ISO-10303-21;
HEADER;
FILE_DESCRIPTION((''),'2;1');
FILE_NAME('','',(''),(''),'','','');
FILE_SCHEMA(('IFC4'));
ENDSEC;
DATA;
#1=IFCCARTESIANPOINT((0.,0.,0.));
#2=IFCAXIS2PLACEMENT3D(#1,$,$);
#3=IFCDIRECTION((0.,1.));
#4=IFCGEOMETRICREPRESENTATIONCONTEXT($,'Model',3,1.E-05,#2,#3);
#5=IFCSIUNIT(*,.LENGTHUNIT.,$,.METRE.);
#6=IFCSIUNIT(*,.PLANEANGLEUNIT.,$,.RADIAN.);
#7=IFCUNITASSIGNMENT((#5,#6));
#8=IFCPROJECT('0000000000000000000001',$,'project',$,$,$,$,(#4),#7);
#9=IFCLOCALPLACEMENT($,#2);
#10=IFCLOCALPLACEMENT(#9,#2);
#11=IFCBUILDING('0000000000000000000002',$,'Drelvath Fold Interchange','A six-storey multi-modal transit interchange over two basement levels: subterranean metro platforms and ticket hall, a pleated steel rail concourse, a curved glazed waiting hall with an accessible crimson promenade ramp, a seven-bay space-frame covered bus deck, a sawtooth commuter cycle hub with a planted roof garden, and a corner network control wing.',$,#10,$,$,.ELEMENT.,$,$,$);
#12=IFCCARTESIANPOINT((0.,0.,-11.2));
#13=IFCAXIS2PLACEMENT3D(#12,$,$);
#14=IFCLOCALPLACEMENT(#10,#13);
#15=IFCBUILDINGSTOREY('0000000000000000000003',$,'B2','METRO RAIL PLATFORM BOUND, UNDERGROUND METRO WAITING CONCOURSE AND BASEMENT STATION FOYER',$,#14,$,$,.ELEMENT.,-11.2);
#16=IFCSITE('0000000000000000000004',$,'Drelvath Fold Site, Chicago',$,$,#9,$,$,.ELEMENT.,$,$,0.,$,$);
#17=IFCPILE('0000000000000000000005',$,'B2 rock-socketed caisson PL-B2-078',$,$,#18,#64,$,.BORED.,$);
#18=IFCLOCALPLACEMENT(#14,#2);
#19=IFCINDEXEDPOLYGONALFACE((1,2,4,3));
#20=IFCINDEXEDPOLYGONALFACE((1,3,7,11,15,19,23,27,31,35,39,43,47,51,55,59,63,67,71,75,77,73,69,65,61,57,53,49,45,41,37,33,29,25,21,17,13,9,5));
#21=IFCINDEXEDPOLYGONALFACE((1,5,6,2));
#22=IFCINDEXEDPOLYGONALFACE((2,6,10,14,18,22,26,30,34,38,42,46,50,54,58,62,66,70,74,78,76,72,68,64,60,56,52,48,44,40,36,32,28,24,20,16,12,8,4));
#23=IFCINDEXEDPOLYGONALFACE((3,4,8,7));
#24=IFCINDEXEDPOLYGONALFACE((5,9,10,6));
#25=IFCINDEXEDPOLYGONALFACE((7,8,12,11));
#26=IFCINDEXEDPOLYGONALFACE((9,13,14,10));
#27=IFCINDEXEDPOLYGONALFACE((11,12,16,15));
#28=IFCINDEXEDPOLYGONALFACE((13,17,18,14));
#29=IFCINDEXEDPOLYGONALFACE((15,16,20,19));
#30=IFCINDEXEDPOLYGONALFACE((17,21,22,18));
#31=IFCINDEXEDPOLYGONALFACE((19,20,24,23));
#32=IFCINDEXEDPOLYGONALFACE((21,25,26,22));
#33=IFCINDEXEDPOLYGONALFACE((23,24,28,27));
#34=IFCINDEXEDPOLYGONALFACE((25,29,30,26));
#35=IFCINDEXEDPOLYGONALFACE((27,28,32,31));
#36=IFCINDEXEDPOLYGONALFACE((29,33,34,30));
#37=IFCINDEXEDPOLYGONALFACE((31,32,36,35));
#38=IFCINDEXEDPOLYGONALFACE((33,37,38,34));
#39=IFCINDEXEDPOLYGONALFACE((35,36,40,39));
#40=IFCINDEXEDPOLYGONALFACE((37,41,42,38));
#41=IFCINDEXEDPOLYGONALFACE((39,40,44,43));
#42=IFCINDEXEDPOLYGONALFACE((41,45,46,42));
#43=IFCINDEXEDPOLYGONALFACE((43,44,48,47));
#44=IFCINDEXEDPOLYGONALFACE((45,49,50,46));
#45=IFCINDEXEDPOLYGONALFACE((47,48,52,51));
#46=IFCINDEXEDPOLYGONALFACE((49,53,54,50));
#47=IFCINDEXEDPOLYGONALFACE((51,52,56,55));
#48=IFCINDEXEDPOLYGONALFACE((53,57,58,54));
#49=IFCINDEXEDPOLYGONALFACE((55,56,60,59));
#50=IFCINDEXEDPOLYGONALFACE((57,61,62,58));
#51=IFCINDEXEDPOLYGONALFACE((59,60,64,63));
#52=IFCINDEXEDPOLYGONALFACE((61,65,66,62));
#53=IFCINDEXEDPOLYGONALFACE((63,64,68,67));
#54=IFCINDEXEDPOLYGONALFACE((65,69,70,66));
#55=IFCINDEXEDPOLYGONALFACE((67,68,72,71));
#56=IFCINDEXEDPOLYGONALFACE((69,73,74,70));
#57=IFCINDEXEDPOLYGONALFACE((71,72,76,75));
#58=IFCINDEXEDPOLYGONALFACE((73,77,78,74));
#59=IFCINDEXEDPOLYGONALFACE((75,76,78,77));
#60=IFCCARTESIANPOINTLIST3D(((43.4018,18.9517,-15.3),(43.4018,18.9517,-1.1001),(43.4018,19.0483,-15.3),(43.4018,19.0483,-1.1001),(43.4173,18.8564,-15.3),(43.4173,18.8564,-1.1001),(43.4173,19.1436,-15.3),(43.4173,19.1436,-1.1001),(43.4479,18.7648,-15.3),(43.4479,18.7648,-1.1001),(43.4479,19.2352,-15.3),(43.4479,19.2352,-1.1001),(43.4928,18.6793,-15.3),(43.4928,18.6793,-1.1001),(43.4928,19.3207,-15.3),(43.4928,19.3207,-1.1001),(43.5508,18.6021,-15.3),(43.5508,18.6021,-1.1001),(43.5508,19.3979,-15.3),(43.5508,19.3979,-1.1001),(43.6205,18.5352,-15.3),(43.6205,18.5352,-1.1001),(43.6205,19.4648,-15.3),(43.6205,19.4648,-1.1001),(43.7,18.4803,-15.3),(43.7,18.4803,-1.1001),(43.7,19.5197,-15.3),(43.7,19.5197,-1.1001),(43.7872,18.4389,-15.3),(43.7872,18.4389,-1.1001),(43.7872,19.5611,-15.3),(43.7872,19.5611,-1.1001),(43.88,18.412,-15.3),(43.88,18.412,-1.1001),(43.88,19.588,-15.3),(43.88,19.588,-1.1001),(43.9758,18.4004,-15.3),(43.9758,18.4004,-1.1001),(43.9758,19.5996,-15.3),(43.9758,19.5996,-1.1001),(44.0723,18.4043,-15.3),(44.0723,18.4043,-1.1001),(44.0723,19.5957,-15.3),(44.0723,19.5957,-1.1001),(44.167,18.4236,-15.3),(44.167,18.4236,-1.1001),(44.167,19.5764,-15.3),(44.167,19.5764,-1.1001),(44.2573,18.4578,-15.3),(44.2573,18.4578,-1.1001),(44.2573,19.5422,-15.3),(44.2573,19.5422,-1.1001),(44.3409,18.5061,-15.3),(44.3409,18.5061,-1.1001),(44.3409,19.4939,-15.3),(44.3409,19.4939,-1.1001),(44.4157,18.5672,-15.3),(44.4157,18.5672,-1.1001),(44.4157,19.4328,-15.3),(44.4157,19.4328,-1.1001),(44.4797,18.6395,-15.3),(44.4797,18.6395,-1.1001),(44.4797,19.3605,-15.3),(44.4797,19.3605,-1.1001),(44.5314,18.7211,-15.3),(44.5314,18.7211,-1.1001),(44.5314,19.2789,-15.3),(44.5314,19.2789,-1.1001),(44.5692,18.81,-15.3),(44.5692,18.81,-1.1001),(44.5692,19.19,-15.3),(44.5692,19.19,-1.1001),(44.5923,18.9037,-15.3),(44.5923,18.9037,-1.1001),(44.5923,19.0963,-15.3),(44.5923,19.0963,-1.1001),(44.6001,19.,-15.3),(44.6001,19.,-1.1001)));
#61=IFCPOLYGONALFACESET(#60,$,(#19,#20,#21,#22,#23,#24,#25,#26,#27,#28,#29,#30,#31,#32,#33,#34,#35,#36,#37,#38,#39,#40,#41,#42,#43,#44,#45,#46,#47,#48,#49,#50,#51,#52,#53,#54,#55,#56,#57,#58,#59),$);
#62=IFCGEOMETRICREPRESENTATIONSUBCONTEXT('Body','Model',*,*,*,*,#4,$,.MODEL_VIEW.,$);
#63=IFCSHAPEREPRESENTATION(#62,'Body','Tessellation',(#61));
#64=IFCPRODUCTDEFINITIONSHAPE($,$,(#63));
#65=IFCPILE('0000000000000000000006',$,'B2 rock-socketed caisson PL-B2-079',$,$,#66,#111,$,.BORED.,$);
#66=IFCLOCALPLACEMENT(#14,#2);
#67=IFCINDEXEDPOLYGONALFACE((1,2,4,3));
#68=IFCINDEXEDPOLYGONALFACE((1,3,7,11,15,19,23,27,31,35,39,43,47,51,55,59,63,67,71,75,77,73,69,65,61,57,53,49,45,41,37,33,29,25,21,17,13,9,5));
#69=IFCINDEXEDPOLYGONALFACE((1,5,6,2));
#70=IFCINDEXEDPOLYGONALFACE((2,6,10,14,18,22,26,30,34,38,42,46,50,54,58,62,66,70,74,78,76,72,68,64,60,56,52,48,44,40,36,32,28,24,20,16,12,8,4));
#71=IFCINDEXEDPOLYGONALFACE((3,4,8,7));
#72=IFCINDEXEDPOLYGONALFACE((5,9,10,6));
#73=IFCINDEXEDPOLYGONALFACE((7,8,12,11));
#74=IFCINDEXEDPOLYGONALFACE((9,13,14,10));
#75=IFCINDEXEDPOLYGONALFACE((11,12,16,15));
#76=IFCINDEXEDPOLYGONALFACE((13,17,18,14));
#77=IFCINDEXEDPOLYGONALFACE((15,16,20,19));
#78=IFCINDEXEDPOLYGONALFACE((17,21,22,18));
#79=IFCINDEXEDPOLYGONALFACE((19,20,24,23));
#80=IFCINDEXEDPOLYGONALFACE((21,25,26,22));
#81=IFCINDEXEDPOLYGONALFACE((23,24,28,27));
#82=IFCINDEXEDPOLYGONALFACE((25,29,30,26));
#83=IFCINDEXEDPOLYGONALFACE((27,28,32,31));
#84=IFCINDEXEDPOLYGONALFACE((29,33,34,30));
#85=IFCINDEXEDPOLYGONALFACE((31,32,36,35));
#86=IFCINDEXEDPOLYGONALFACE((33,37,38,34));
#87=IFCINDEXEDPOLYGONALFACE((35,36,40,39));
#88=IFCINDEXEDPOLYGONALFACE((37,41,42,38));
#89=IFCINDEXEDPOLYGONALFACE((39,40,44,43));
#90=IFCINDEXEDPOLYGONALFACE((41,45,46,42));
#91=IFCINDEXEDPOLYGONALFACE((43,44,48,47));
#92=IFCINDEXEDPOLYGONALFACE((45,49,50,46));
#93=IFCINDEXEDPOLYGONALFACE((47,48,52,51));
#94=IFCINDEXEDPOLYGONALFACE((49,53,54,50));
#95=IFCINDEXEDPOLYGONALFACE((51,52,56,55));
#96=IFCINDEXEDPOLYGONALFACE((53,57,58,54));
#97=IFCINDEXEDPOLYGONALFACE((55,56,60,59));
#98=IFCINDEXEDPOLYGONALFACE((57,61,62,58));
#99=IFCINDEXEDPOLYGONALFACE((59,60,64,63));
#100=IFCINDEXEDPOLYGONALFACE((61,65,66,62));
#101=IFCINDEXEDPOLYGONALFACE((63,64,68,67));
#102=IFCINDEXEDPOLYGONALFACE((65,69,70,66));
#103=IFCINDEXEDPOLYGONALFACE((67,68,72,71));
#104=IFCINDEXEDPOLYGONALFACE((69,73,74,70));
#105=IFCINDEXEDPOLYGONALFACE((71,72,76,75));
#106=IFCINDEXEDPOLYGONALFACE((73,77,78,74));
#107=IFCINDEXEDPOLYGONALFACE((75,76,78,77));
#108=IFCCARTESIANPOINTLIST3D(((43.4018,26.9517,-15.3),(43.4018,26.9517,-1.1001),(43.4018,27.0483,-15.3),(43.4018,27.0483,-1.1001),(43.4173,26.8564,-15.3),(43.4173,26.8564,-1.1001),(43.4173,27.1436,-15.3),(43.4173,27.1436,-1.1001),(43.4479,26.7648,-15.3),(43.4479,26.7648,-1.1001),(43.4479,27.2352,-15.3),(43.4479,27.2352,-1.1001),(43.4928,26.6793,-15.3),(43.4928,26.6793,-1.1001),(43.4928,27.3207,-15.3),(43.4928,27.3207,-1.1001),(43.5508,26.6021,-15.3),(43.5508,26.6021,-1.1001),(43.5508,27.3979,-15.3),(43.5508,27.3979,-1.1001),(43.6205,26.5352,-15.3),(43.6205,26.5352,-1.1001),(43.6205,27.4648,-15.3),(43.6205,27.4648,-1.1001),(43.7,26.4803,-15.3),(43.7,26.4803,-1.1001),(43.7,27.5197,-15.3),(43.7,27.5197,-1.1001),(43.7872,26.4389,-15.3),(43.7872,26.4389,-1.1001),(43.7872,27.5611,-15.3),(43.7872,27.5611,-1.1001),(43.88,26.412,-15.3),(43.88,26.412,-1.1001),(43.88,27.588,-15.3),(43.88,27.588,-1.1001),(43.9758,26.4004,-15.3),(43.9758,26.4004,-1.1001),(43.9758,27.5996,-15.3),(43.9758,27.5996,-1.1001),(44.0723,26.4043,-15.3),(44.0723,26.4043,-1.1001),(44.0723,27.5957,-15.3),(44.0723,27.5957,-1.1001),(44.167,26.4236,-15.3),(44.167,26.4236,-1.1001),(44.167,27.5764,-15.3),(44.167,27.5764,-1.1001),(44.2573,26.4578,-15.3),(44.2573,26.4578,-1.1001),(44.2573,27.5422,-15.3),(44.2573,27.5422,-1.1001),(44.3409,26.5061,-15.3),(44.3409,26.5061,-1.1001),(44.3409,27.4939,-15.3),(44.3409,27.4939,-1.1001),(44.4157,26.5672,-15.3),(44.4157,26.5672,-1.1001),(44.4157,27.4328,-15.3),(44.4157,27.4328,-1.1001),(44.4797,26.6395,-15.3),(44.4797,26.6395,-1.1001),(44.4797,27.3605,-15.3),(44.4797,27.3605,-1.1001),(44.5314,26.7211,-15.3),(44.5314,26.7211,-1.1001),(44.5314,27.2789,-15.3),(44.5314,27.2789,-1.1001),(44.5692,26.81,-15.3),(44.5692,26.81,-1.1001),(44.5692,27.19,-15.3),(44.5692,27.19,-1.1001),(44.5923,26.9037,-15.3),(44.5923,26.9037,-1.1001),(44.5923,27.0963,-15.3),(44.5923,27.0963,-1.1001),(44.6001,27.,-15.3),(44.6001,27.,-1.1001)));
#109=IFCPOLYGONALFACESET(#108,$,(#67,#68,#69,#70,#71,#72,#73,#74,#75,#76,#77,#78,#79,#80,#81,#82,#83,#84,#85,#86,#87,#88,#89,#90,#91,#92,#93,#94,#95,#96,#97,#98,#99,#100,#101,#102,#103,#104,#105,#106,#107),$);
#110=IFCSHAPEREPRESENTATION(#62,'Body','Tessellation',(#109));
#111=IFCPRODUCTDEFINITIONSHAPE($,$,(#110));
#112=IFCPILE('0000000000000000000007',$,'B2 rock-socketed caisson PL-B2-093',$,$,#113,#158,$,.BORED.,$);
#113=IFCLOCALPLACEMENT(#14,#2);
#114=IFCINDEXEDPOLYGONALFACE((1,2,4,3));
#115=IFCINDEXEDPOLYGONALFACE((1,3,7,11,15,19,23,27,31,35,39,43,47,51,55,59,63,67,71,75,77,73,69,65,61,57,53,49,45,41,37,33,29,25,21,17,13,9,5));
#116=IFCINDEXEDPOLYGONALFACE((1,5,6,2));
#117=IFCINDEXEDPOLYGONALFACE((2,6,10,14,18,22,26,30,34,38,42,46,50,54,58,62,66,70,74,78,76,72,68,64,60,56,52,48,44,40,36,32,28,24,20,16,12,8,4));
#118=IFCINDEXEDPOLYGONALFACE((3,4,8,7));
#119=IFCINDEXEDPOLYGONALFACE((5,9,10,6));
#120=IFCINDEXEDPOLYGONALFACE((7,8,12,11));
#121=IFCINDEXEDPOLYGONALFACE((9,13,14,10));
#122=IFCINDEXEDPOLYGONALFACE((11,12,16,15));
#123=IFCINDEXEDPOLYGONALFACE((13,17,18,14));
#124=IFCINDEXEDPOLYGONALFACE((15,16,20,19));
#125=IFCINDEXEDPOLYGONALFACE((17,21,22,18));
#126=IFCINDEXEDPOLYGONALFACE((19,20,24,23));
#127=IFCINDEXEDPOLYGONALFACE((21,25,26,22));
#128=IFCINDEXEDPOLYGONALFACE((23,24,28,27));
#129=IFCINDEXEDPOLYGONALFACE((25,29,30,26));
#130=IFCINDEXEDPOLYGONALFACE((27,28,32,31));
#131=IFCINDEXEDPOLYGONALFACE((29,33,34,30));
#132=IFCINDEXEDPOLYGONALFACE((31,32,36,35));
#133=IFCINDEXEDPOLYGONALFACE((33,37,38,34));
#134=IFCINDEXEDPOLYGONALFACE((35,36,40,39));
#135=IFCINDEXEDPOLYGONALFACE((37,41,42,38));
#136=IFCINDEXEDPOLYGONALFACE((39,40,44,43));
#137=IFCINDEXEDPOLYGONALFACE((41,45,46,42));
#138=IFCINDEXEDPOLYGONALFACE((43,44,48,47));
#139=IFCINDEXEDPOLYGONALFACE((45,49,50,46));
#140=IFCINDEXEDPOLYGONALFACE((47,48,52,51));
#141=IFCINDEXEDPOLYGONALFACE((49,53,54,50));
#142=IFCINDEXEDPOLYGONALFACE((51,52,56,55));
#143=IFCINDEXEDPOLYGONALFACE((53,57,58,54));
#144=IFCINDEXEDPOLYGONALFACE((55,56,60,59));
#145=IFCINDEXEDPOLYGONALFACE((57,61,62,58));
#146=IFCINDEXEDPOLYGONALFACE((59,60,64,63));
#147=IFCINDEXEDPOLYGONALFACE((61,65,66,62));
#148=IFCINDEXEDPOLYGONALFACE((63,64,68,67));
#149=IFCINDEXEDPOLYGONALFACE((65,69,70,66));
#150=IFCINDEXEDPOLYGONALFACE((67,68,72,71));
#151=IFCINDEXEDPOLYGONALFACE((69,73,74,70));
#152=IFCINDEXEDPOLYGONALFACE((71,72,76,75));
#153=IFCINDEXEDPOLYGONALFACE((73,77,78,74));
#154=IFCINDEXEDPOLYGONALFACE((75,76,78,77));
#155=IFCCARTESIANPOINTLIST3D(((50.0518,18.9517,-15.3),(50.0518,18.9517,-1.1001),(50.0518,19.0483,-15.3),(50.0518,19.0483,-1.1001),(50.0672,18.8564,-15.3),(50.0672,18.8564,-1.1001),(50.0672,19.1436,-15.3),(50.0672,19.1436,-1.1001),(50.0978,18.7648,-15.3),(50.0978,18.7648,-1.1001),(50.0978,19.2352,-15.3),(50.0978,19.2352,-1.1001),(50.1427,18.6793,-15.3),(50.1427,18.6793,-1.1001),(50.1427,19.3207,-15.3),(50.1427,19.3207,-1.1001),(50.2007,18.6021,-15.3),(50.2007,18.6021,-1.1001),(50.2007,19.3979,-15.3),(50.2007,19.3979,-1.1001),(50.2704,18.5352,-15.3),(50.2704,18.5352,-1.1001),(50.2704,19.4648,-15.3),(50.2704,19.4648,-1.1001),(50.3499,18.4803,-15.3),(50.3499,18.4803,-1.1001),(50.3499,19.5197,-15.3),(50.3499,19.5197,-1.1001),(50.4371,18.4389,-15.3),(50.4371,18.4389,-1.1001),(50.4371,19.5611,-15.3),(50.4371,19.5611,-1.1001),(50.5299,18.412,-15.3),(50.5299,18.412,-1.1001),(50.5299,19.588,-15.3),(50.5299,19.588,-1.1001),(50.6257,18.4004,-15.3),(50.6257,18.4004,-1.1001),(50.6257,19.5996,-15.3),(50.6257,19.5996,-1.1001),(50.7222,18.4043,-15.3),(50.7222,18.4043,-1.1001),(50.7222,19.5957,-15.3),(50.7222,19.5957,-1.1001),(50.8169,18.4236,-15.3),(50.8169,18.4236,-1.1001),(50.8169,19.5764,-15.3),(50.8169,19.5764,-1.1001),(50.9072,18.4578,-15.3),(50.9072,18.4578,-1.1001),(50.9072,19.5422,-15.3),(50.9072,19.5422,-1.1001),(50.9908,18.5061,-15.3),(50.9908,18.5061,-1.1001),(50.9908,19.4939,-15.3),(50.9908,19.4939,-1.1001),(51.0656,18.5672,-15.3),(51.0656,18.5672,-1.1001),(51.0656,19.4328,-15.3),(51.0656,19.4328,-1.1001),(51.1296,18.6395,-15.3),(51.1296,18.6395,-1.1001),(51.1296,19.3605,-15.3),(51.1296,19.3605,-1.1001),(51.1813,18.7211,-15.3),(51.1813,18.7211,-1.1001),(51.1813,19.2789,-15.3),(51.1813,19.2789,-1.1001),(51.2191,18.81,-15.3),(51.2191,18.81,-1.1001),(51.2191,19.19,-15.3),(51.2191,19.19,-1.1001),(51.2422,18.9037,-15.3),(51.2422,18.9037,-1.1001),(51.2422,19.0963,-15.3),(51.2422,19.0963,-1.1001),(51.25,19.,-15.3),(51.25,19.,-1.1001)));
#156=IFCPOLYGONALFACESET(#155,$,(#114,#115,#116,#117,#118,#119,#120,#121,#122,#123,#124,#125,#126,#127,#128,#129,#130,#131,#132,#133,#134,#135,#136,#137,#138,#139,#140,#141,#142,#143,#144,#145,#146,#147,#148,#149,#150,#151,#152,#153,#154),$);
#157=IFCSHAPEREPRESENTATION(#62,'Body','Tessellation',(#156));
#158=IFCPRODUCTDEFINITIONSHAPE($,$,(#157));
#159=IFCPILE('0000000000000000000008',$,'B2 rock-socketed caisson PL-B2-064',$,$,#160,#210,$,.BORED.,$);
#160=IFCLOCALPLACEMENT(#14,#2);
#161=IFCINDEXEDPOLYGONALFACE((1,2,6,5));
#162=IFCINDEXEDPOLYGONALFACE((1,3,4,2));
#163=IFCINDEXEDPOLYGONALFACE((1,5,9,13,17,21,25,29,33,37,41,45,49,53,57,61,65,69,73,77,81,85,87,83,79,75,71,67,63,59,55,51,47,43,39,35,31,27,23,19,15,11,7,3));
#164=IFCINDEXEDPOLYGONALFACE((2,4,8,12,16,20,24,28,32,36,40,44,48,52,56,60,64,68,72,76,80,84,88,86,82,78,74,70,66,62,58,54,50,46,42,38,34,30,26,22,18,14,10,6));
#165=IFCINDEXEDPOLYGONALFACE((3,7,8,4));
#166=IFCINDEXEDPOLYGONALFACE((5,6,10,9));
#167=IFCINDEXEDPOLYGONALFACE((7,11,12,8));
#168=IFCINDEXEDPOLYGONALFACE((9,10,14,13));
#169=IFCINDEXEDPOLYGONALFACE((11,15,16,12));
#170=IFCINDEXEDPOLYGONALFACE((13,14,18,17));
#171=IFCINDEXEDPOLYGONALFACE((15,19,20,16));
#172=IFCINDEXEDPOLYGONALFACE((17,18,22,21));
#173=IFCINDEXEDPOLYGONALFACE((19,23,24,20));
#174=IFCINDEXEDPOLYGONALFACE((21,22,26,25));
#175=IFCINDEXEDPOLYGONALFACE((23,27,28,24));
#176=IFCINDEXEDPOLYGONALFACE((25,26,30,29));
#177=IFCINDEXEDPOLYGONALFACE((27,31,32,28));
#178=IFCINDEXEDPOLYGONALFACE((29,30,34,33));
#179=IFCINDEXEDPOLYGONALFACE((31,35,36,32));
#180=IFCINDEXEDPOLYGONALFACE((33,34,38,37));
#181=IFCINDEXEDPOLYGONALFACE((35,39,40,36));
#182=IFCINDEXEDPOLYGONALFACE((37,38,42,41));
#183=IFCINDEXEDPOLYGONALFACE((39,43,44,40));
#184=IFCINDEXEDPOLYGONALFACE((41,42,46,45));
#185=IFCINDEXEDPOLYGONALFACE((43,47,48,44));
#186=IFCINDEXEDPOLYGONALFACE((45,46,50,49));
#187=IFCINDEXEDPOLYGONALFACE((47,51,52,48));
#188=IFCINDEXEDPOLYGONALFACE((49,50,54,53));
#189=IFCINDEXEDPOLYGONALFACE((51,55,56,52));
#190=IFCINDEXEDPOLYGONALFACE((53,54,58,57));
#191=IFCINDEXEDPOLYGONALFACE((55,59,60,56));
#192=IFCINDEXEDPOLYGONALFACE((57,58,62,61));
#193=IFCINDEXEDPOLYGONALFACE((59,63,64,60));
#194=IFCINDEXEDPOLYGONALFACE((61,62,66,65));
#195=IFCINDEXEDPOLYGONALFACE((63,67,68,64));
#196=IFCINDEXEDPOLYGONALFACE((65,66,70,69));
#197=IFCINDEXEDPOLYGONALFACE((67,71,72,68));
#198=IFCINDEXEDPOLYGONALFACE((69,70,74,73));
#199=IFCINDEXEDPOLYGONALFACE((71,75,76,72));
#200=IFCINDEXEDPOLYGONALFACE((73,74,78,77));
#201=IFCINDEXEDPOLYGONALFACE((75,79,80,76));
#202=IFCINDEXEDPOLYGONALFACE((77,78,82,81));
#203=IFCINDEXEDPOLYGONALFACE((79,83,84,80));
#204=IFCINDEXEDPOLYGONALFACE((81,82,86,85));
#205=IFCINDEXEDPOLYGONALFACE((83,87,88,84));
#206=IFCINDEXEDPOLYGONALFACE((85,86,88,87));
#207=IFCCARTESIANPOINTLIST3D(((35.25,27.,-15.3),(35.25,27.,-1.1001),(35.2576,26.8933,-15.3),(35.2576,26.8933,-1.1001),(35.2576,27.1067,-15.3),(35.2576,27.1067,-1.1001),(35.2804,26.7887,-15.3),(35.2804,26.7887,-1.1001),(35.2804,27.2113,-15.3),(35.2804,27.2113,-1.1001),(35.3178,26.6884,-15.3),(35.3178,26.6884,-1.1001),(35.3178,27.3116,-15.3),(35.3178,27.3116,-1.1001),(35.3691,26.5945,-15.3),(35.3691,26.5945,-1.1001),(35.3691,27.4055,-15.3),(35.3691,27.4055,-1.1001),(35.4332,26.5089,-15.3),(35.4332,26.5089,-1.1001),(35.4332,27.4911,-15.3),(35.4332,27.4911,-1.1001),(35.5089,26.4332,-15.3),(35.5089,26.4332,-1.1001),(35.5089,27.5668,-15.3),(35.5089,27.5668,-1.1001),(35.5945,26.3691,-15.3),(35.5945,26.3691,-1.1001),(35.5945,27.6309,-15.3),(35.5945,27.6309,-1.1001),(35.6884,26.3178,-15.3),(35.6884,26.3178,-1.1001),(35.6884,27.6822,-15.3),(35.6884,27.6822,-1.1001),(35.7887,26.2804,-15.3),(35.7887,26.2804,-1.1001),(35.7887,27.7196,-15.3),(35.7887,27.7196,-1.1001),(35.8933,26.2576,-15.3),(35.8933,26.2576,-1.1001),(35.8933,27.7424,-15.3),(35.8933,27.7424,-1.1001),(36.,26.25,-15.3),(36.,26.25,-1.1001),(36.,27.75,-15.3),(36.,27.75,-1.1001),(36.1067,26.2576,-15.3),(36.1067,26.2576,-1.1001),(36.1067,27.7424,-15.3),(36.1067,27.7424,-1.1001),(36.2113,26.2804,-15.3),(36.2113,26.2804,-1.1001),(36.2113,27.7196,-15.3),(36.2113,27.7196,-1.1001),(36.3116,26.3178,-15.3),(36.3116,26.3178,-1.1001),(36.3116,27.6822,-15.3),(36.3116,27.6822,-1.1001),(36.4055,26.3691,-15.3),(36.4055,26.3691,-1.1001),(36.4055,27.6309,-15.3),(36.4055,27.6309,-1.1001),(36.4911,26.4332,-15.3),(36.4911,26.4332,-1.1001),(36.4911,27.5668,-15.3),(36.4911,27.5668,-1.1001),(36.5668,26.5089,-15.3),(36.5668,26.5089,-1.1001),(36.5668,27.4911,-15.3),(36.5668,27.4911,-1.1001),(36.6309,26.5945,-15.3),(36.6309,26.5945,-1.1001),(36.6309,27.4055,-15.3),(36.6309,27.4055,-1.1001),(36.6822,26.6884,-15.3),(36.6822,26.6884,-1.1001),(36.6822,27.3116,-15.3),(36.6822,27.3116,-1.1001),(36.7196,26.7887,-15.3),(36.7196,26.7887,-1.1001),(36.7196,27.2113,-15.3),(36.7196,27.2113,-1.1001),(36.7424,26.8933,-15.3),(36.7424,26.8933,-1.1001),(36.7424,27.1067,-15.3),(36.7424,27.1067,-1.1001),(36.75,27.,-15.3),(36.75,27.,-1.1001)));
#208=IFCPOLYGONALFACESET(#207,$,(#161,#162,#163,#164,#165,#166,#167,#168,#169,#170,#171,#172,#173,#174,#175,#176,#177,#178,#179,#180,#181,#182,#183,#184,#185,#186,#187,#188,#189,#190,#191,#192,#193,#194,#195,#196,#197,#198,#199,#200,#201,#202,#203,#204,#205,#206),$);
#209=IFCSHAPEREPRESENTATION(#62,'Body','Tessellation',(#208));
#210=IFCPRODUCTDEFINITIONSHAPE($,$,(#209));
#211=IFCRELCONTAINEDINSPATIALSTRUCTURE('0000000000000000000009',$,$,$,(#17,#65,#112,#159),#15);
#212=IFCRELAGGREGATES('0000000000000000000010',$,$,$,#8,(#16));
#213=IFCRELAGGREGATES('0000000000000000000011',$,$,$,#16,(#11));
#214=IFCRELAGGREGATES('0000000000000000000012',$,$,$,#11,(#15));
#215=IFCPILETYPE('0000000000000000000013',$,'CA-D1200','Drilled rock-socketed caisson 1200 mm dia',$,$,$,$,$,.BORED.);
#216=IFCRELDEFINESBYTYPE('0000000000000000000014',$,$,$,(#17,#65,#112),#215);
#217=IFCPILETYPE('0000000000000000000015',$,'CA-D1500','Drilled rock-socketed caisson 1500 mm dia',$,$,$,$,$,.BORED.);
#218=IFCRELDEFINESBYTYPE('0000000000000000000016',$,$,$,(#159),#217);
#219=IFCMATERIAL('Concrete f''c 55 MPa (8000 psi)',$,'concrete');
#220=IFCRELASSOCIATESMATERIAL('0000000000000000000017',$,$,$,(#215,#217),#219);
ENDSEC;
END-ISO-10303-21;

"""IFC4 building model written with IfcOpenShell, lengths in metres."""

from ifc_helpers import new_model, si_unit, direction, frame, origin, origin_2d, place, context, subcontext, project, spatial, circle, extrude, material, material_profile, profile_set, type_object, element, save


model = new_model("IFC4")

# Units and contexts
model_context = context("Model", 3, precision=1e-05, world=origin(), true_north=direction((0.0, 1.0)))
body_context = subcontext(model_context, "Body", "Model", "MODEL_VIEW")
ifc_project = project(units=[si_unit("LENGTHUNIT", "METRE"), si_unit("PLANEANGLEUNIT", "RADIAN")], contexts=[model_context])

# Site, building, storey
site_placement = place(None, origin())
site = spatial("IfcSite", under=ifc_project, at=site_placement, Name="Drelvath Fold Site, Chicago", CompositionType="ELEMENT", RefElevation=0.0)
building_placement = place(site_placement, origin())
building = spatial("IfcBuilding", under=site, at=building_placement, Name="Drelvath Fold Interchange", Description="A six-storey multi-modal transit interchange over two basement levels: subterranean metro platforms and ticket hall, a pleated steel rail concourse, a curved glazed waiting hall with an accessible crimson promenade ramp, a seven-bay space-frame covered bus deck, a sawtooth commuter cycle hub with a planted roof garden, and a corner network control wing.", CompositionType="ELEMENT")
storey_placement = place(building_placement, frame((0.0, 0.0, -11.2)))
storey = spatial("IfcBuildingStorey", under=building, at=storey_placement, Name="B2", Description="METRO RAIL PLATFORM BOUND, UNDERGROUND METRO WAITING CONCOURSE AND BASEMENT STATION FOYER", CompositionType="ELEMENT", Elevation=-11.2)

# Piles
ifc_material_1 = material(Name="Concrete f'c 55 MPa (8000 psi)", Category="concrete")
ifc_material_profile_1 = material_profile(ifc_material_1, circle(Radius=0.6001, at=origin_2d()), Name="CAISSON D1200")
ifc_profile_set_1 = profile_set([ifc_material_profile_1], Name="Concrete f'c 55 MPa (8000 psi)")
pile_type_1 = type_object("IfcPileType", Name="CA-D1200", Description="Drilled rock-socketed caisson 1200 mm dia", PredefinedType="BORED", material=ifc_profile_set_1)
for number, where, z_axis, x_axis, name in (
    (1, (44.0, 19.0, -1.1001), (0.0, 0.0, -1.0), (1.0, 0.0, 0.0), "B2 rock-socketed caisson PL-B2-078"),
    (2, (44.0, 27.0, -1.1001), (0.0, 0.0, -1.0), (1.0, 0.0, 0.0), "B2 rock-socketed caisson PL-B2-079"),
    (3, (50.6499, 19.0, -1.1001), (0.0, 0.0, -1.0), (1.0, 0.0, 0.0), "B2 rock-socketed caisson PL-B2-093"),
):
    element("IfcPile", number, at=place(storey_placement, frame(where, z_axis=z_axis, x_axis=x_axis)), inside=storey, type_object=pile_type_1, Name=name, PredefinedType="BORED", context=body_context, shape_type="SweptSolid", body=[
        extrude(circle(Radius=0.6001, at=origin_2d()), origin(), (0.0, 0.0, 1.0), 14.2),
    ])
ifc_material_profile_2 = material_profile(ifc_material_1, circle(Radius=0.75, at=origin_2d()), Name="CAISSON D1500")
ifc_profile_set_2 = profile_set([ifc_material_profile_2], Name="Concrete f'c 55 MPa (8000 psi)")
pile_type_2 = type_object("IfcPileType", Name="CA-D1500", Description="Drilled rock-socketed caisson 1500 mm dia", PredefinedType="BORED", material=ifc_profile_set_2)
pile_placement = place(storey_placement, frame((36.0, 27.0, -1.1001), z_axis=(0.0, 0.0, -1.0), x_axis=(1.0, 0.0, 0.0)))
element("IfcPile", 4, at=pile_placement, inside=storey, type_object=pile_type_2, Name="B2 rock-socketed caisson PL-B2-064", PredefinedType="BORED", context=body_context, shape_type="SweptSolid", body=[
    extrude(circle(Radius=0.75, at=origin_2d()), origin(), (0.0, 0.0, 1.0), 14.2),
])

save(model, "model.ifc")
